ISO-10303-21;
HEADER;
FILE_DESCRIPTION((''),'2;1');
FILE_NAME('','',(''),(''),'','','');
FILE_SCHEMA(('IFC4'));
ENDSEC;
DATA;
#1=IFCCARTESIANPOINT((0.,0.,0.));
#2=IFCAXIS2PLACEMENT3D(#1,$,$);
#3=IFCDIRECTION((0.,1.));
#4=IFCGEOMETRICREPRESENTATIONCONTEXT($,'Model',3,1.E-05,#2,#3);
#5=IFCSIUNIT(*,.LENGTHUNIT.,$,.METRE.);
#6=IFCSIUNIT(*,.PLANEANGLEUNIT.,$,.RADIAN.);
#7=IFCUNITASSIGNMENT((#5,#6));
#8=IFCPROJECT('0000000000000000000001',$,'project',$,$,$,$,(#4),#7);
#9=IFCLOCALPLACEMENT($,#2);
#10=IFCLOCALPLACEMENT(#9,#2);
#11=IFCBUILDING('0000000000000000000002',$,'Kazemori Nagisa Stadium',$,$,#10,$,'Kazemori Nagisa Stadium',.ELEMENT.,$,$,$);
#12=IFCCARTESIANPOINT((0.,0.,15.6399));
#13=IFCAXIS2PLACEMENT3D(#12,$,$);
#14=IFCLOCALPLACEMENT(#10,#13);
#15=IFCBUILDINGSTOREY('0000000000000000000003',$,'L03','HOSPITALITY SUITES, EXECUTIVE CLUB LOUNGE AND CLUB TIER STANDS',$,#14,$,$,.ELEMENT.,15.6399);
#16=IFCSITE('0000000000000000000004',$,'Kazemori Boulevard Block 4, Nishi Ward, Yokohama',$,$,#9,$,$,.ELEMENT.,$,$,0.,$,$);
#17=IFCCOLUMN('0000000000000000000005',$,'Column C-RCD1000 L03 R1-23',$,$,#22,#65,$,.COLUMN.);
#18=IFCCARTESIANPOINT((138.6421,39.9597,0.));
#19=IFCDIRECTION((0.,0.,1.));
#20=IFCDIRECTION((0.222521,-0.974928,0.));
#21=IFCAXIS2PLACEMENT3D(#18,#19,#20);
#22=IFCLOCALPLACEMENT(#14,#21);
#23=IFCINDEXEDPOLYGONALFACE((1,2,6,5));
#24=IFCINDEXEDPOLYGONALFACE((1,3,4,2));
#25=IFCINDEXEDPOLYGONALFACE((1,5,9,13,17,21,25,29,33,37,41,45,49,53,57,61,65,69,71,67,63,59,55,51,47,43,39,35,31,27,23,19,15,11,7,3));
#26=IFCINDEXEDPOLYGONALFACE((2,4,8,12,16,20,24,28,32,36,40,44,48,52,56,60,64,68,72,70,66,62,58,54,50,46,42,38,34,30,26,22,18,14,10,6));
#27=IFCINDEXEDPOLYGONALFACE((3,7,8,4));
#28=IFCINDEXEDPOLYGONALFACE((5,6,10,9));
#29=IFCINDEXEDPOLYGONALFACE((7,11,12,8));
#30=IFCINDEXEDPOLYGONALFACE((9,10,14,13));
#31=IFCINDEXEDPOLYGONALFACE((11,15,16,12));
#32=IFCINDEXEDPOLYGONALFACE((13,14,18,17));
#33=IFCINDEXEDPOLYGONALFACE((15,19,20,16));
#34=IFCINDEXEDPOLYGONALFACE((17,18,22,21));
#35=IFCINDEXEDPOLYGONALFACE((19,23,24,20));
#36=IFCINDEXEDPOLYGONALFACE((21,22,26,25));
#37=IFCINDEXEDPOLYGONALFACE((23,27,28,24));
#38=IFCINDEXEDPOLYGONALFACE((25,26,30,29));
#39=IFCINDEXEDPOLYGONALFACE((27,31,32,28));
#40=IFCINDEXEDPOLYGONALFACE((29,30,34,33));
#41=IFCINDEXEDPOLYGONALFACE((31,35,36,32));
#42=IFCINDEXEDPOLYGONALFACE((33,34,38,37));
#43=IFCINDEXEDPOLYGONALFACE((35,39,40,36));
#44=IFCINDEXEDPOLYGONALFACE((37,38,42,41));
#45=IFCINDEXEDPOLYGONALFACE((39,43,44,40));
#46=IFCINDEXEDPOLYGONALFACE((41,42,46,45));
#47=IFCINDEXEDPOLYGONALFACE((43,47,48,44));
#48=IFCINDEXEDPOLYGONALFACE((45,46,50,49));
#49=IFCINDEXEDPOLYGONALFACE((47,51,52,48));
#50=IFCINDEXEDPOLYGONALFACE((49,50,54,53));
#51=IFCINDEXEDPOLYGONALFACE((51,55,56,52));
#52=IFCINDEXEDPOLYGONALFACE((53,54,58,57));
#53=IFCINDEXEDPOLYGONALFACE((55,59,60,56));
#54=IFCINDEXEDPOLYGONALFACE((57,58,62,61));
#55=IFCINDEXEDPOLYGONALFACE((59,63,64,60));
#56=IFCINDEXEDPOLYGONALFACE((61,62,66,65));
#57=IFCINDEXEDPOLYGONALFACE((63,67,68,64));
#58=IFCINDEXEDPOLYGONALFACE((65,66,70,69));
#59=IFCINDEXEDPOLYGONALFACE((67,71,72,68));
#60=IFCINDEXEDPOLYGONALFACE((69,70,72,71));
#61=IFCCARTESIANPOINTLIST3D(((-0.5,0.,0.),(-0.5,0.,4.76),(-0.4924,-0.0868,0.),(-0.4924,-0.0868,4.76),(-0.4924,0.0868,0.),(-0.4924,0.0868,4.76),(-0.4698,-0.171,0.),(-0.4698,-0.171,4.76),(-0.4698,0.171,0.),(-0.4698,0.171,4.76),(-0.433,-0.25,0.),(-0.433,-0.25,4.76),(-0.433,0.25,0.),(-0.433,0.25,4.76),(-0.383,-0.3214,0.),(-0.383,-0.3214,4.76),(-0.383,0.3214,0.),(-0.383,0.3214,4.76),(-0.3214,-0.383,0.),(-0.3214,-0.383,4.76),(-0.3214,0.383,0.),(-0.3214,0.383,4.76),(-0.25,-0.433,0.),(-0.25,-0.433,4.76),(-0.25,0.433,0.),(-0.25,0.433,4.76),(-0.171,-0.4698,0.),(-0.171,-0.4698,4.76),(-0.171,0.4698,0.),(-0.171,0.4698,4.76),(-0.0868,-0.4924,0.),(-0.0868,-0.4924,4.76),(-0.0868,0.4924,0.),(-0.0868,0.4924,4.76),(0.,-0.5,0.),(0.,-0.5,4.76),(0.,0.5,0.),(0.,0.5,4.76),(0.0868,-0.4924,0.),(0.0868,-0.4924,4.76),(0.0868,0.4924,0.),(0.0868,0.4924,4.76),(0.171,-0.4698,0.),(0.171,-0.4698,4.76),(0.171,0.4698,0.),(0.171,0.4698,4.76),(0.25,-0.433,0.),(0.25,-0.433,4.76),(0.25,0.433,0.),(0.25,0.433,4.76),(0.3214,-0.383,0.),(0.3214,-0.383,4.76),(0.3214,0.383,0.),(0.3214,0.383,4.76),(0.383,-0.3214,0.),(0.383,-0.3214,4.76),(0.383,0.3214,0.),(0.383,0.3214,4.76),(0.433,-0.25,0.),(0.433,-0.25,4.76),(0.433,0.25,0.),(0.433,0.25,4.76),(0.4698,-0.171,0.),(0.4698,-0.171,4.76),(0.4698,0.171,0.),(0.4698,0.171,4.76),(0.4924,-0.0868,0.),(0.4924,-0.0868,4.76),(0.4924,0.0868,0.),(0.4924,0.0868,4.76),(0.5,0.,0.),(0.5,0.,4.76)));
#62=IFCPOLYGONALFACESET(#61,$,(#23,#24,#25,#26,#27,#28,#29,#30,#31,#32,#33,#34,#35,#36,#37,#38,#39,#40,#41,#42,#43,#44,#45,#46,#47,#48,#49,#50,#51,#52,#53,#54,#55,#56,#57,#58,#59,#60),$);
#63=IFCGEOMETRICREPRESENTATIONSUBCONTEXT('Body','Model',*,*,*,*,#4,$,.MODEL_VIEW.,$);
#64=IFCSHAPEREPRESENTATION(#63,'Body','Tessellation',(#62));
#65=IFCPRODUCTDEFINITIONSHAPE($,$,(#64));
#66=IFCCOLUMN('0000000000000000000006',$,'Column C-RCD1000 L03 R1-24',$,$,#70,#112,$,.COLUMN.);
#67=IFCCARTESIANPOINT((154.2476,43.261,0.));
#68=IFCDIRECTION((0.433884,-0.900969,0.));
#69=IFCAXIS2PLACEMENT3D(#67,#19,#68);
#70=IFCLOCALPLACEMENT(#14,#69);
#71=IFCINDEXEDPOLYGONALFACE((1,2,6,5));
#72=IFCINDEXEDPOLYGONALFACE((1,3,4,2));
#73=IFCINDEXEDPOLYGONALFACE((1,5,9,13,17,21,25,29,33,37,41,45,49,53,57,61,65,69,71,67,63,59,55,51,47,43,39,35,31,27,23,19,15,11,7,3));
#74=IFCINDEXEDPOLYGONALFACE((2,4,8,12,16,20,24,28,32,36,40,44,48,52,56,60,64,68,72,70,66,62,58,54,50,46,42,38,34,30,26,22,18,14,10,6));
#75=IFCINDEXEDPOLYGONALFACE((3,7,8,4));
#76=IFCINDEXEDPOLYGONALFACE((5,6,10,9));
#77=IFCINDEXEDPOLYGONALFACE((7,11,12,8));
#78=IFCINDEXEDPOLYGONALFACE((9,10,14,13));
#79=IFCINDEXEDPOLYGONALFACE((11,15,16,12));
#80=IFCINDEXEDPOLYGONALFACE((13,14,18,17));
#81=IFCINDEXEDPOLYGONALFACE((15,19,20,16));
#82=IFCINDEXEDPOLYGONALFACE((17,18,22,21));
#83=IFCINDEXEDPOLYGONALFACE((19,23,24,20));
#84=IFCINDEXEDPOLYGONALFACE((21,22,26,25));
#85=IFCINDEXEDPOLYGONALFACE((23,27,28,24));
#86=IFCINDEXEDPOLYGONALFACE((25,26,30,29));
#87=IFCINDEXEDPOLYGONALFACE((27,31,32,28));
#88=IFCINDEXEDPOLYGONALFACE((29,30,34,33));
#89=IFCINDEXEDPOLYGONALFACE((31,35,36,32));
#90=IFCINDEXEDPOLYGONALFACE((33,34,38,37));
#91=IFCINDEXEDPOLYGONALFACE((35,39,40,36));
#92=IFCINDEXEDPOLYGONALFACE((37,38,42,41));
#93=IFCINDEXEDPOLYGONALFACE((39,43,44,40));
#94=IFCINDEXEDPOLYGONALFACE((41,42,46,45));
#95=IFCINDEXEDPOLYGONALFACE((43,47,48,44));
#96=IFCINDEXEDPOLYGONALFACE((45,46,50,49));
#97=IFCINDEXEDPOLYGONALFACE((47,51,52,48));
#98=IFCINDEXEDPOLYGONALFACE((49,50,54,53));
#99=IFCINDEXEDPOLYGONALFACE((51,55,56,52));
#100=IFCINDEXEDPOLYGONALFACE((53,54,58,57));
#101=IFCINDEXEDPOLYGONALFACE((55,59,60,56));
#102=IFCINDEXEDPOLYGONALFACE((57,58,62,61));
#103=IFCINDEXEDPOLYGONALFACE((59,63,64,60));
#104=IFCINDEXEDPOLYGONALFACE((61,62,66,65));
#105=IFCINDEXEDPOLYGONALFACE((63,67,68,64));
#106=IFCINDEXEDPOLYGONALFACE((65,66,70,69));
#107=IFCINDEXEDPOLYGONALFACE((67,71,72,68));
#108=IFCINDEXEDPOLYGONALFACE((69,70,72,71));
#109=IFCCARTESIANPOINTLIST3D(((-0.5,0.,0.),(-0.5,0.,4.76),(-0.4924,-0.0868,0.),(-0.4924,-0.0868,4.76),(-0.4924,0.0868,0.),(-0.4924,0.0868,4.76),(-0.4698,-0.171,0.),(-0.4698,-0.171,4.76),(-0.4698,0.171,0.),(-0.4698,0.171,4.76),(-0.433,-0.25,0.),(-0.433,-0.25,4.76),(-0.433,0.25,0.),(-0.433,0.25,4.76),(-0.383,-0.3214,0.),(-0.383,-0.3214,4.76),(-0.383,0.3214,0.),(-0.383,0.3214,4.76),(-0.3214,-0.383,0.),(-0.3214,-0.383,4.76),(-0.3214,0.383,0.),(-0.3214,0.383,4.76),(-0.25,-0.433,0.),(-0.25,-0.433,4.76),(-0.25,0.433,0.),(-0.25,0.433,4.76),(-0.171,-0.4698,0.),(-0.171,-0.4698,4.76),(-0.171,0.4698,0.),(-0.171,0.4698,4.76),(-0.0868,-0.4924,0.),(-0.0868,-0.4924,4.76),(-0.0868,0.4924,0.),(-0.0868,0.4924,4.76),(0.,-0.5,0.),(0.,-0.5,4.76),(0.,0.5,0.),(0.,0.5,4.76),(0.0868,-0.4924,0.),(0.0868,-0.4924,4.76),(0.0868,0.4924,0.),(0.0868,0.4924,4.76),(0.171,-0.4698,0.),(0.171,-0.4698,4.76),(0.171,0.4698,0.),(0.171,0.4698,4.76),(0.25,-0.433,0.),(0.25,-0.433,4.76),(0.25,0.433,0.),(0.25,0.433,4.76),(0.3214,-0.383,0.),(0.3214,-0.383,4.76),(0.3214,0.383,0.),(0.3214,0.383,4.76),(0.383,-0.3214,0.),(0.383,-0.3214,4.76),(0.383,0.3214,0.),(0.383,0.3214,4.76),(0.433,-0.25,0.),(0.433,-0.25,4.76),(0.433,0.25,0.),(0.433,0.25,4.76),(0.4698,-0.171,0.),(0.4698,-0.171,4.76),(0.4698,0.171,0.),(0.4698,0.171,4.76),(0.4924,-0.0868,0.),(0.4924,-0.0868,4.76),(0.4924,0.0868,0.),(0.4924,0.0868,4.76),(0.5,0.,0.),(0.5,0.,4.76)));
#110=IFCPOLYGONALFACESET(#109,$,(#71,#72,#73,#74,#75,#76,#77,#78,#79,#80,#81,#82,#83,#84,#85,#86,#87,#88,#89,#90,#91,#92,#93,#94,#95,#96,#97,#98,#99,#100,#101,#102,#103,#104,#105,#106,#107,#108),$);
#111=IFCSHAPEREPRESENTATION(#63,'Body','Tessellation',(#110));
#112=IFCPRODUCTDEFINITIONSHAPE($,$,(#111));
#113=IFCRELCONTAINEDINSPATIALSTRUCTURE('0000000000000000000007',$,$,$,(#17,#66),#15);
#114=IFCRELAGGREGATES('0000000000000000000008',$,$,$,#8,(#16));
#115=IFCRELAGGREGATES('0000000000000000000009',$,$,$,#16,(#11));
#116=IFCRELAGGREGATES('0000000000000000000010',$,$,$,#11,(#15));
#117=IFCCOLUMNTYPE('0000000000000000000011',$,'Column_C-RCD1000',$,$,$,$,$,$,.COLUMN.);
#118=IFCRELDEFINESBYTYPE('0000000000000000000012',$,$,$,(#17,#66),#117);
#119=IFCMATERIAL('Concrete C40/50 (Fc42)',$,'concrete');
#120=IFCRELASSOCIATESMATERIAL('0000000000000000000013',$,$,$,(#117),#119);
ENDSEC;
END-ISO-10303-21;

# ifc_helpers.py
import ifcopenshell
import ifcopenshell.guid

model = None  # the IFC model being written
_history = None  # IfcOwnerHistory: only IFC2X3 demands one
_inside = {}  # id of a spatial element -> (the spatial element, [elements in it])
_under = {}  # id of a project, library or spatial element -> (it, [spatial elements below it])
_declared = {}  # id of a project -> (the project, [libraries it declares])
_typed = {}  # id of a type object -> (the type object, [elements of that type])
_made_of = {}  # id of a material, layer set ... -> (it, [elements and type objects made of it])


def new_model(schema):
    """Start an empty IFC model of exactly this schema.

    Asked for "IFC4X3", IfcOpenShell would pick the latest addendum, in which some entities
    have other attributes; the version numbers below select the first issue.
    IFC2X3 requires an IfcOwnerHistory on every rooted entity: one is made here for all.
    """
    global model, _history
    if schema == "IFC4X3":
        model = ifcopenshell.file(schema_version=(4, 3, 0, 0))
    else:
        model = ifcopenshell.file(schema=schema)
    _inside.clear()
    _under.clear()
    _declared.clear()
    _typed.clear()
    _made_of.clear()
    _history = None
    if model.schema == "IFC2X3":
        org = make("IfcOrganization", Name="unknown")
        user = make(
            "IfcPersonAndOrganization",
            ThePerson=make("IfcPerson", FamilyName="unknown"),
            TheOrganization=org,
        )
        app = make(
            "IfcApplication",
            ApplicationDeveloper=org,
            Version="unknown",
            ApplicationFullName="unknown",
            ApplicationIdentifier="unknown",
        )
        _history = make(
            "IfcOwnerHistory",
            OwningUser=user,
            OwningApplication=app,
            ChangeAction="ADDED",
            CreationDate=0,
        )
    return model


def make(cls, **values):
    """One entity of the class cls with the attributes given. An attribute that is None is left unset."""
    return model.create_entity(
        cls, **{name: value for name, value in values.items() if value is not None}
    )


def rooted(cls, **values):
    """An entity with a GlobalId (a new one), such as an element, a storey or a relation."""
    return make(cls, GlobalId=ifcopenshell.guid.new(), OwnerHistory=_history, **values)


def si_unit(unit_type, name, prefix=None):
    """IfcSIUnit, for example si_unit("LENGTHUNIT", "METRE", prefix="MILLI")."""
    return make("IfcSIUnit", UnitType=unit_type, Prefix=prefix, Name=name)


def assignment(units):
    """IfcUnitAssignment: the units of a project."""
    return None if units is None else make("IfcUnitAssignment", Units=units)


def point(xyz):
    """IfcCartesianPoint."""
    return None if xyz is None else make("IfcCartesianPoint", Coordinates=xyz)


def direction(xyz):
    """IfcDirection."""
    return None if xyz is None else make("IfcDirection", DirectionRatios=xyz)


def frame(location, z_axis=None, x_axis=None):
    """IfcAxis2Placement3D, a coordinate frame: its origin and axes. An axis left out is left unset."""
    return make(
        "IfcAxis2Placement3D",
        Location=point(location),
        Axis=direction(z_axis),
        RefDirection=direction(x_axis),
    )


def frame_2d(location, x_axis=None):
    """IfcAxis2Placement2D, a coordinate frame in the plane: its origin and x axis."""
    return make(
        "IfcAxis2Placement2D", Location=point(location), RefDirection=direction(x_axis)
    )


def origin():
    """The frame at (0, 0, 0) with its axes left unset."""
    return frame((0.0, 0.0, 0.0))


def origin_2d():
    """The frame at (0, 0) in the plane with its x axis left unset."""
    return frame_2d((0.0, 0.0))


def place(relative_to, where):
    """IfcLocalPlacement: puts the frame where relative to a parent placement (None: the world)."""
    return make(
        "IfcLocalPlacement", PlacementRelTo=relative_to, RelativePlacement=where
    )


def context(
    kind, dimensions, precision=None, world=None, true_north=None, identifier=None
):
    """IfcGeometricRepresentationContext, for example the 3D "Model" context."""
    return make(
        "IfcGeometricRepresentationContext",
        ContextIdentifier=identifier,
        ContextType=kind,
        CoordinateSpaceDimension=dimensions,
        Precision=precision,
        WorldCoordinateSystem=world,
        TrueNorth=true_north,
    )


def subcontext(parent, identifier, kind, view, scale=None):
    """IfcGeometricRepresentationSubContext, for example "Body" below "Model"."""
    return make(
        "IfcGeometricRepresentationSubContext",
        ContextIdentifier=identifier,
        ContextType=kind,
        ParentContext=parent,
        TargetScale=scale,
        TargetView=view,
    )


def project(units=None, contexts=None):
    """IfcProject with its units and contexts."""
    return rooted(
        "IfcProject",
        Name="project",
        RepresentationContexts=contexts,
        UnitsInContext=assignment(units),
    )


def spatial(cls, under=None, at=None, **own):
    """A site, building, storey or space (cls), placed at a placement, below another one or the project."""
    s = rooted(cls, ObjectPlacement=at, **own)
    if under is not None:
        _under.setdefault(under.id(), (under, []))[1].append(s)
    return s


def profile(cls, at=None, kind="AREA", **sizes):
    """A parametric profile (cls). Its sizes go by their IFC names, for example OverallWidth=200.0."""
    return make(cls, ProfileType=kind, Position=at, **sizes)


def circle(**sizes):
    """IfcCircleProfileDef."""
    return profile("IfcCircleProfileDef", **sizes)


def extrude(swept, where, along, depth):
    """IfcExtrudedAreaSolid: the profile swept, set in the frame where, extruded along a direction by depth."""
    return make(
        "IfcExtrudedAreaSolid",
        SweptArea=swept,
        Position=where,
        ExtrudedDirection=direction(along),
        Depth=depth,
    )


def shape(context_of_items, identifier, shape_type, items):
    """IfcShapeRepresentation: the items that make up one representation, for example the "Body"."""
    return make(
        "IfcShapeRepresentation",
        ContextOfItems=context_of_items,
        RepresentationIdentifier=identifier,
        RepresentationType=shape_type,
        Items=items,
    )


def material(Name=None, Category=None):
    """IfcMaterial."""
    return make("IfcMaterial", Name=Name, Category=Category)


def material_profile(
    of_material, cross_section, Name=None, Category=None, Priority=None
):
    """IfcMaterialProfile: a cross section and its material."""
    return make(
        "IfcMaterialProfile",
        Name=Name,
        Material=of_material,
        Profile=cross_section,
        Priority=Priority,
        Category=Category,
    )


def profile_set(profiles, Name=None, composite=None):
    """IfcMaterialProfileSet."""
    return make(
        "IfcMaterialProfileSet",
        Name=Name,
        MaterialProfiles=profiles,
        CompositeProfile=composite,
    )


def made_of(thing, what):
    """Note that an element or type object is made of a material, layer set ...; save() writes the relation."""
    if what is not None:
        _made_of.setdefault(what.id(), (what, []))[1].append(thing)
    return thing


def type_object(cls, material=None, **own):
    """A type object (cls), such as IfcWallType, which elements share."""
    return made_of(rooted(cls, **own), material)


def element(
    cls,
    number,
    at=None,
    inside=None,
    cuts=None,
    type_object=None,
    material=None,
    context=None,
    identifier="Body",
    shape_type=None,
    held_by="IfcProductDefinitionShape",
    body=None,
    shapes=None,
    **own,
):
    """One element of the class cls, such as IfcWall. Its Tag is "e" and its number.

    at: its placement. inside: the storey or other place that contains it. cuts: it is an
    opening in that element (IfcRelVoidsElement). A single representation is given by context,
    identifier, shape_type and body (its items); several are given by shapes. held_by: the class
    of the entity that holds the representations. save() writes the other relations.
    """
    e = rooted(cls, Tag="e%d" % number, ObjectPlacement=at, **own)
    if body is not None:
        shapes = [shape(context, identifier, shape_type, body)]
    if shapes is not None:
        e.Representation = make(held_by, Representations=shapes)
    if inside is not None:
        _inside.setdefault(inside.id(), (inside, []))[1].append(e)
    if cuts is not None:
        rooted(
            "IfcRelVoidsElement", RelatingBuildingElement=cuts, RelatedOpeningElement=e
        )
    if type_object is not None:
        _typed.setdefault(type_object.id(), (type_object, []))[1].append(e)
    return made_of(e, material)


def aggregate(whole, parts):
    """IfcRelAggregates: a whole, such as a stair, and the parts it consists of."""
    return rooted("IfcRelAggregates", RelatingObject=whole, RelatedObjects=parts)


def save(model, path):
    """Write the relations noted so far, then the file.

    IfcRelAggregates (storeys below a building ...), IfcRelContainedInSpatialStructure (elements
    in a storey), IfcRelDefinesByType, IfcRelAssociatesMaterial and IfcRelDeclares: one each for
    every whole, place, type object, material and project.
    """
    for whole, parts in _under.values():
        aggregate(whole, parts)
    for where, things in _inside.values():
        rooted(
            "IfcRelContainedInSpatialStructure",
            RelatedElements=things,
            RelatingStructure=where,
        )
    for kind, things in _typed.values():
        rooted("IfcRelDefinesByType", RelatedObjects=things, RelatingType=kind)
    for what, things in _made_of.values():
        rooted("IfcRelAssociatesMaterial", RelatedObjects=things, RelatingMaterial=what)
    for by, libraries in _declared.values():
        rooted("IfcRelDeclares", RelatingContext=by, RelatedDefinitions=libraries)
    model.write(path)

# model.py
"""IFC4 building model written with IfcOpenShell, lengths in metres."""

from ifc_helpers import new_model, si_unit, direction, frame, origin, origin_2d, place, context, subcontext, project, spatial, circle, extrude, material, material_profile, profile_set, type_object, element, save


model = new_model("IFC4")

# Units and contexts
model_context = context("Model", 3, precision=1e-05, world=origin(), true_north=direction((0.0, 1.0)))
body_context = subcontext(model_context, "Body", "Model", "MODEL_VIEW")
ifc_project = project(units=[si_unit("LENGTHUNIT", "METRE"), si_unit("PLANEANGLEUNIT", "RADIAN")], contexts=[model_context])

# Site, building, storey
site_placement = place(None, origin())
site = spatial("IfcSite", under=ifc_project, at=site_placement, Name="Kazemori Boulevard Block 4, Nishi Ward, Yokohama", CompositionType="ELEMENT", RefElevation=0.0)
building_placement = place(site_placement, origin())
building = spatial("IfcBuilding", under=site, at=building_placement, Name="Kazemori Nagisa Stadium", LongName="Kazemori Nagisa Stadium", CompositionType="ELEMENT")
storey_placement = place(building_placement, frame((0.0, 0.0, 15.6399)))
storey = spatial("IfcBuildingStorey", under=building, at=storey_placement, Name="L03", Description="HOSPITALITY SUITES, EXECUTIVE CLUB LOUNGE AND CLUB TIER STANDS", CompositionType="ELEMENT", Elevation=15.6399)

# Columns
ifc_material_1 = material(Name="Concrete C40/50 (Fc42)", Category="concrete")
ifc_material_profile_1 = material_profile(ifc_material_1, circle(Radius=0.5, at=origin_2d()), Name="RC-COL-D1000")
ifc_profile_set_1 = profile_set([ifc_material_profile_1], Name="Concrete C40/50 (Fc42)")
column_type_1 = type_object("IfcColumnType", Name="Column_C-RCD1000", PredefinedType="COLUMN", material=ifc_profile_set_1)
for number, where, z_axis, x_axis, name in (
    (1, (138.6421, 39.9597, 0.0), (0.0, 0.0, 1.0), (0.222521, -0.974928, 0.0), "Column C-RCD1000 L03 R1-23"),
    (2, (154.2476, 43.261, 0.0), (0.0, 0.0, 1.0), (0.433884, -0.900969, 0.0), "Column C-RCD1000 L03 R1-24"),
):
    element("IfcColumn", number, at=place(storey_placement, frame(where, z_axis=z_axis, x_axis=x_axis)), inside=storey, type_object=column_type_1, Name=name, PredefinedType="COLUMN", context=body_context, shape_type="SweptSolid", body=[
        extrude(circle(Radius=0.5, at=origin_2d()), origin(), (0.0, 0.0, 1.0), 4.76),
    ])

save(model, "model.ifc")
